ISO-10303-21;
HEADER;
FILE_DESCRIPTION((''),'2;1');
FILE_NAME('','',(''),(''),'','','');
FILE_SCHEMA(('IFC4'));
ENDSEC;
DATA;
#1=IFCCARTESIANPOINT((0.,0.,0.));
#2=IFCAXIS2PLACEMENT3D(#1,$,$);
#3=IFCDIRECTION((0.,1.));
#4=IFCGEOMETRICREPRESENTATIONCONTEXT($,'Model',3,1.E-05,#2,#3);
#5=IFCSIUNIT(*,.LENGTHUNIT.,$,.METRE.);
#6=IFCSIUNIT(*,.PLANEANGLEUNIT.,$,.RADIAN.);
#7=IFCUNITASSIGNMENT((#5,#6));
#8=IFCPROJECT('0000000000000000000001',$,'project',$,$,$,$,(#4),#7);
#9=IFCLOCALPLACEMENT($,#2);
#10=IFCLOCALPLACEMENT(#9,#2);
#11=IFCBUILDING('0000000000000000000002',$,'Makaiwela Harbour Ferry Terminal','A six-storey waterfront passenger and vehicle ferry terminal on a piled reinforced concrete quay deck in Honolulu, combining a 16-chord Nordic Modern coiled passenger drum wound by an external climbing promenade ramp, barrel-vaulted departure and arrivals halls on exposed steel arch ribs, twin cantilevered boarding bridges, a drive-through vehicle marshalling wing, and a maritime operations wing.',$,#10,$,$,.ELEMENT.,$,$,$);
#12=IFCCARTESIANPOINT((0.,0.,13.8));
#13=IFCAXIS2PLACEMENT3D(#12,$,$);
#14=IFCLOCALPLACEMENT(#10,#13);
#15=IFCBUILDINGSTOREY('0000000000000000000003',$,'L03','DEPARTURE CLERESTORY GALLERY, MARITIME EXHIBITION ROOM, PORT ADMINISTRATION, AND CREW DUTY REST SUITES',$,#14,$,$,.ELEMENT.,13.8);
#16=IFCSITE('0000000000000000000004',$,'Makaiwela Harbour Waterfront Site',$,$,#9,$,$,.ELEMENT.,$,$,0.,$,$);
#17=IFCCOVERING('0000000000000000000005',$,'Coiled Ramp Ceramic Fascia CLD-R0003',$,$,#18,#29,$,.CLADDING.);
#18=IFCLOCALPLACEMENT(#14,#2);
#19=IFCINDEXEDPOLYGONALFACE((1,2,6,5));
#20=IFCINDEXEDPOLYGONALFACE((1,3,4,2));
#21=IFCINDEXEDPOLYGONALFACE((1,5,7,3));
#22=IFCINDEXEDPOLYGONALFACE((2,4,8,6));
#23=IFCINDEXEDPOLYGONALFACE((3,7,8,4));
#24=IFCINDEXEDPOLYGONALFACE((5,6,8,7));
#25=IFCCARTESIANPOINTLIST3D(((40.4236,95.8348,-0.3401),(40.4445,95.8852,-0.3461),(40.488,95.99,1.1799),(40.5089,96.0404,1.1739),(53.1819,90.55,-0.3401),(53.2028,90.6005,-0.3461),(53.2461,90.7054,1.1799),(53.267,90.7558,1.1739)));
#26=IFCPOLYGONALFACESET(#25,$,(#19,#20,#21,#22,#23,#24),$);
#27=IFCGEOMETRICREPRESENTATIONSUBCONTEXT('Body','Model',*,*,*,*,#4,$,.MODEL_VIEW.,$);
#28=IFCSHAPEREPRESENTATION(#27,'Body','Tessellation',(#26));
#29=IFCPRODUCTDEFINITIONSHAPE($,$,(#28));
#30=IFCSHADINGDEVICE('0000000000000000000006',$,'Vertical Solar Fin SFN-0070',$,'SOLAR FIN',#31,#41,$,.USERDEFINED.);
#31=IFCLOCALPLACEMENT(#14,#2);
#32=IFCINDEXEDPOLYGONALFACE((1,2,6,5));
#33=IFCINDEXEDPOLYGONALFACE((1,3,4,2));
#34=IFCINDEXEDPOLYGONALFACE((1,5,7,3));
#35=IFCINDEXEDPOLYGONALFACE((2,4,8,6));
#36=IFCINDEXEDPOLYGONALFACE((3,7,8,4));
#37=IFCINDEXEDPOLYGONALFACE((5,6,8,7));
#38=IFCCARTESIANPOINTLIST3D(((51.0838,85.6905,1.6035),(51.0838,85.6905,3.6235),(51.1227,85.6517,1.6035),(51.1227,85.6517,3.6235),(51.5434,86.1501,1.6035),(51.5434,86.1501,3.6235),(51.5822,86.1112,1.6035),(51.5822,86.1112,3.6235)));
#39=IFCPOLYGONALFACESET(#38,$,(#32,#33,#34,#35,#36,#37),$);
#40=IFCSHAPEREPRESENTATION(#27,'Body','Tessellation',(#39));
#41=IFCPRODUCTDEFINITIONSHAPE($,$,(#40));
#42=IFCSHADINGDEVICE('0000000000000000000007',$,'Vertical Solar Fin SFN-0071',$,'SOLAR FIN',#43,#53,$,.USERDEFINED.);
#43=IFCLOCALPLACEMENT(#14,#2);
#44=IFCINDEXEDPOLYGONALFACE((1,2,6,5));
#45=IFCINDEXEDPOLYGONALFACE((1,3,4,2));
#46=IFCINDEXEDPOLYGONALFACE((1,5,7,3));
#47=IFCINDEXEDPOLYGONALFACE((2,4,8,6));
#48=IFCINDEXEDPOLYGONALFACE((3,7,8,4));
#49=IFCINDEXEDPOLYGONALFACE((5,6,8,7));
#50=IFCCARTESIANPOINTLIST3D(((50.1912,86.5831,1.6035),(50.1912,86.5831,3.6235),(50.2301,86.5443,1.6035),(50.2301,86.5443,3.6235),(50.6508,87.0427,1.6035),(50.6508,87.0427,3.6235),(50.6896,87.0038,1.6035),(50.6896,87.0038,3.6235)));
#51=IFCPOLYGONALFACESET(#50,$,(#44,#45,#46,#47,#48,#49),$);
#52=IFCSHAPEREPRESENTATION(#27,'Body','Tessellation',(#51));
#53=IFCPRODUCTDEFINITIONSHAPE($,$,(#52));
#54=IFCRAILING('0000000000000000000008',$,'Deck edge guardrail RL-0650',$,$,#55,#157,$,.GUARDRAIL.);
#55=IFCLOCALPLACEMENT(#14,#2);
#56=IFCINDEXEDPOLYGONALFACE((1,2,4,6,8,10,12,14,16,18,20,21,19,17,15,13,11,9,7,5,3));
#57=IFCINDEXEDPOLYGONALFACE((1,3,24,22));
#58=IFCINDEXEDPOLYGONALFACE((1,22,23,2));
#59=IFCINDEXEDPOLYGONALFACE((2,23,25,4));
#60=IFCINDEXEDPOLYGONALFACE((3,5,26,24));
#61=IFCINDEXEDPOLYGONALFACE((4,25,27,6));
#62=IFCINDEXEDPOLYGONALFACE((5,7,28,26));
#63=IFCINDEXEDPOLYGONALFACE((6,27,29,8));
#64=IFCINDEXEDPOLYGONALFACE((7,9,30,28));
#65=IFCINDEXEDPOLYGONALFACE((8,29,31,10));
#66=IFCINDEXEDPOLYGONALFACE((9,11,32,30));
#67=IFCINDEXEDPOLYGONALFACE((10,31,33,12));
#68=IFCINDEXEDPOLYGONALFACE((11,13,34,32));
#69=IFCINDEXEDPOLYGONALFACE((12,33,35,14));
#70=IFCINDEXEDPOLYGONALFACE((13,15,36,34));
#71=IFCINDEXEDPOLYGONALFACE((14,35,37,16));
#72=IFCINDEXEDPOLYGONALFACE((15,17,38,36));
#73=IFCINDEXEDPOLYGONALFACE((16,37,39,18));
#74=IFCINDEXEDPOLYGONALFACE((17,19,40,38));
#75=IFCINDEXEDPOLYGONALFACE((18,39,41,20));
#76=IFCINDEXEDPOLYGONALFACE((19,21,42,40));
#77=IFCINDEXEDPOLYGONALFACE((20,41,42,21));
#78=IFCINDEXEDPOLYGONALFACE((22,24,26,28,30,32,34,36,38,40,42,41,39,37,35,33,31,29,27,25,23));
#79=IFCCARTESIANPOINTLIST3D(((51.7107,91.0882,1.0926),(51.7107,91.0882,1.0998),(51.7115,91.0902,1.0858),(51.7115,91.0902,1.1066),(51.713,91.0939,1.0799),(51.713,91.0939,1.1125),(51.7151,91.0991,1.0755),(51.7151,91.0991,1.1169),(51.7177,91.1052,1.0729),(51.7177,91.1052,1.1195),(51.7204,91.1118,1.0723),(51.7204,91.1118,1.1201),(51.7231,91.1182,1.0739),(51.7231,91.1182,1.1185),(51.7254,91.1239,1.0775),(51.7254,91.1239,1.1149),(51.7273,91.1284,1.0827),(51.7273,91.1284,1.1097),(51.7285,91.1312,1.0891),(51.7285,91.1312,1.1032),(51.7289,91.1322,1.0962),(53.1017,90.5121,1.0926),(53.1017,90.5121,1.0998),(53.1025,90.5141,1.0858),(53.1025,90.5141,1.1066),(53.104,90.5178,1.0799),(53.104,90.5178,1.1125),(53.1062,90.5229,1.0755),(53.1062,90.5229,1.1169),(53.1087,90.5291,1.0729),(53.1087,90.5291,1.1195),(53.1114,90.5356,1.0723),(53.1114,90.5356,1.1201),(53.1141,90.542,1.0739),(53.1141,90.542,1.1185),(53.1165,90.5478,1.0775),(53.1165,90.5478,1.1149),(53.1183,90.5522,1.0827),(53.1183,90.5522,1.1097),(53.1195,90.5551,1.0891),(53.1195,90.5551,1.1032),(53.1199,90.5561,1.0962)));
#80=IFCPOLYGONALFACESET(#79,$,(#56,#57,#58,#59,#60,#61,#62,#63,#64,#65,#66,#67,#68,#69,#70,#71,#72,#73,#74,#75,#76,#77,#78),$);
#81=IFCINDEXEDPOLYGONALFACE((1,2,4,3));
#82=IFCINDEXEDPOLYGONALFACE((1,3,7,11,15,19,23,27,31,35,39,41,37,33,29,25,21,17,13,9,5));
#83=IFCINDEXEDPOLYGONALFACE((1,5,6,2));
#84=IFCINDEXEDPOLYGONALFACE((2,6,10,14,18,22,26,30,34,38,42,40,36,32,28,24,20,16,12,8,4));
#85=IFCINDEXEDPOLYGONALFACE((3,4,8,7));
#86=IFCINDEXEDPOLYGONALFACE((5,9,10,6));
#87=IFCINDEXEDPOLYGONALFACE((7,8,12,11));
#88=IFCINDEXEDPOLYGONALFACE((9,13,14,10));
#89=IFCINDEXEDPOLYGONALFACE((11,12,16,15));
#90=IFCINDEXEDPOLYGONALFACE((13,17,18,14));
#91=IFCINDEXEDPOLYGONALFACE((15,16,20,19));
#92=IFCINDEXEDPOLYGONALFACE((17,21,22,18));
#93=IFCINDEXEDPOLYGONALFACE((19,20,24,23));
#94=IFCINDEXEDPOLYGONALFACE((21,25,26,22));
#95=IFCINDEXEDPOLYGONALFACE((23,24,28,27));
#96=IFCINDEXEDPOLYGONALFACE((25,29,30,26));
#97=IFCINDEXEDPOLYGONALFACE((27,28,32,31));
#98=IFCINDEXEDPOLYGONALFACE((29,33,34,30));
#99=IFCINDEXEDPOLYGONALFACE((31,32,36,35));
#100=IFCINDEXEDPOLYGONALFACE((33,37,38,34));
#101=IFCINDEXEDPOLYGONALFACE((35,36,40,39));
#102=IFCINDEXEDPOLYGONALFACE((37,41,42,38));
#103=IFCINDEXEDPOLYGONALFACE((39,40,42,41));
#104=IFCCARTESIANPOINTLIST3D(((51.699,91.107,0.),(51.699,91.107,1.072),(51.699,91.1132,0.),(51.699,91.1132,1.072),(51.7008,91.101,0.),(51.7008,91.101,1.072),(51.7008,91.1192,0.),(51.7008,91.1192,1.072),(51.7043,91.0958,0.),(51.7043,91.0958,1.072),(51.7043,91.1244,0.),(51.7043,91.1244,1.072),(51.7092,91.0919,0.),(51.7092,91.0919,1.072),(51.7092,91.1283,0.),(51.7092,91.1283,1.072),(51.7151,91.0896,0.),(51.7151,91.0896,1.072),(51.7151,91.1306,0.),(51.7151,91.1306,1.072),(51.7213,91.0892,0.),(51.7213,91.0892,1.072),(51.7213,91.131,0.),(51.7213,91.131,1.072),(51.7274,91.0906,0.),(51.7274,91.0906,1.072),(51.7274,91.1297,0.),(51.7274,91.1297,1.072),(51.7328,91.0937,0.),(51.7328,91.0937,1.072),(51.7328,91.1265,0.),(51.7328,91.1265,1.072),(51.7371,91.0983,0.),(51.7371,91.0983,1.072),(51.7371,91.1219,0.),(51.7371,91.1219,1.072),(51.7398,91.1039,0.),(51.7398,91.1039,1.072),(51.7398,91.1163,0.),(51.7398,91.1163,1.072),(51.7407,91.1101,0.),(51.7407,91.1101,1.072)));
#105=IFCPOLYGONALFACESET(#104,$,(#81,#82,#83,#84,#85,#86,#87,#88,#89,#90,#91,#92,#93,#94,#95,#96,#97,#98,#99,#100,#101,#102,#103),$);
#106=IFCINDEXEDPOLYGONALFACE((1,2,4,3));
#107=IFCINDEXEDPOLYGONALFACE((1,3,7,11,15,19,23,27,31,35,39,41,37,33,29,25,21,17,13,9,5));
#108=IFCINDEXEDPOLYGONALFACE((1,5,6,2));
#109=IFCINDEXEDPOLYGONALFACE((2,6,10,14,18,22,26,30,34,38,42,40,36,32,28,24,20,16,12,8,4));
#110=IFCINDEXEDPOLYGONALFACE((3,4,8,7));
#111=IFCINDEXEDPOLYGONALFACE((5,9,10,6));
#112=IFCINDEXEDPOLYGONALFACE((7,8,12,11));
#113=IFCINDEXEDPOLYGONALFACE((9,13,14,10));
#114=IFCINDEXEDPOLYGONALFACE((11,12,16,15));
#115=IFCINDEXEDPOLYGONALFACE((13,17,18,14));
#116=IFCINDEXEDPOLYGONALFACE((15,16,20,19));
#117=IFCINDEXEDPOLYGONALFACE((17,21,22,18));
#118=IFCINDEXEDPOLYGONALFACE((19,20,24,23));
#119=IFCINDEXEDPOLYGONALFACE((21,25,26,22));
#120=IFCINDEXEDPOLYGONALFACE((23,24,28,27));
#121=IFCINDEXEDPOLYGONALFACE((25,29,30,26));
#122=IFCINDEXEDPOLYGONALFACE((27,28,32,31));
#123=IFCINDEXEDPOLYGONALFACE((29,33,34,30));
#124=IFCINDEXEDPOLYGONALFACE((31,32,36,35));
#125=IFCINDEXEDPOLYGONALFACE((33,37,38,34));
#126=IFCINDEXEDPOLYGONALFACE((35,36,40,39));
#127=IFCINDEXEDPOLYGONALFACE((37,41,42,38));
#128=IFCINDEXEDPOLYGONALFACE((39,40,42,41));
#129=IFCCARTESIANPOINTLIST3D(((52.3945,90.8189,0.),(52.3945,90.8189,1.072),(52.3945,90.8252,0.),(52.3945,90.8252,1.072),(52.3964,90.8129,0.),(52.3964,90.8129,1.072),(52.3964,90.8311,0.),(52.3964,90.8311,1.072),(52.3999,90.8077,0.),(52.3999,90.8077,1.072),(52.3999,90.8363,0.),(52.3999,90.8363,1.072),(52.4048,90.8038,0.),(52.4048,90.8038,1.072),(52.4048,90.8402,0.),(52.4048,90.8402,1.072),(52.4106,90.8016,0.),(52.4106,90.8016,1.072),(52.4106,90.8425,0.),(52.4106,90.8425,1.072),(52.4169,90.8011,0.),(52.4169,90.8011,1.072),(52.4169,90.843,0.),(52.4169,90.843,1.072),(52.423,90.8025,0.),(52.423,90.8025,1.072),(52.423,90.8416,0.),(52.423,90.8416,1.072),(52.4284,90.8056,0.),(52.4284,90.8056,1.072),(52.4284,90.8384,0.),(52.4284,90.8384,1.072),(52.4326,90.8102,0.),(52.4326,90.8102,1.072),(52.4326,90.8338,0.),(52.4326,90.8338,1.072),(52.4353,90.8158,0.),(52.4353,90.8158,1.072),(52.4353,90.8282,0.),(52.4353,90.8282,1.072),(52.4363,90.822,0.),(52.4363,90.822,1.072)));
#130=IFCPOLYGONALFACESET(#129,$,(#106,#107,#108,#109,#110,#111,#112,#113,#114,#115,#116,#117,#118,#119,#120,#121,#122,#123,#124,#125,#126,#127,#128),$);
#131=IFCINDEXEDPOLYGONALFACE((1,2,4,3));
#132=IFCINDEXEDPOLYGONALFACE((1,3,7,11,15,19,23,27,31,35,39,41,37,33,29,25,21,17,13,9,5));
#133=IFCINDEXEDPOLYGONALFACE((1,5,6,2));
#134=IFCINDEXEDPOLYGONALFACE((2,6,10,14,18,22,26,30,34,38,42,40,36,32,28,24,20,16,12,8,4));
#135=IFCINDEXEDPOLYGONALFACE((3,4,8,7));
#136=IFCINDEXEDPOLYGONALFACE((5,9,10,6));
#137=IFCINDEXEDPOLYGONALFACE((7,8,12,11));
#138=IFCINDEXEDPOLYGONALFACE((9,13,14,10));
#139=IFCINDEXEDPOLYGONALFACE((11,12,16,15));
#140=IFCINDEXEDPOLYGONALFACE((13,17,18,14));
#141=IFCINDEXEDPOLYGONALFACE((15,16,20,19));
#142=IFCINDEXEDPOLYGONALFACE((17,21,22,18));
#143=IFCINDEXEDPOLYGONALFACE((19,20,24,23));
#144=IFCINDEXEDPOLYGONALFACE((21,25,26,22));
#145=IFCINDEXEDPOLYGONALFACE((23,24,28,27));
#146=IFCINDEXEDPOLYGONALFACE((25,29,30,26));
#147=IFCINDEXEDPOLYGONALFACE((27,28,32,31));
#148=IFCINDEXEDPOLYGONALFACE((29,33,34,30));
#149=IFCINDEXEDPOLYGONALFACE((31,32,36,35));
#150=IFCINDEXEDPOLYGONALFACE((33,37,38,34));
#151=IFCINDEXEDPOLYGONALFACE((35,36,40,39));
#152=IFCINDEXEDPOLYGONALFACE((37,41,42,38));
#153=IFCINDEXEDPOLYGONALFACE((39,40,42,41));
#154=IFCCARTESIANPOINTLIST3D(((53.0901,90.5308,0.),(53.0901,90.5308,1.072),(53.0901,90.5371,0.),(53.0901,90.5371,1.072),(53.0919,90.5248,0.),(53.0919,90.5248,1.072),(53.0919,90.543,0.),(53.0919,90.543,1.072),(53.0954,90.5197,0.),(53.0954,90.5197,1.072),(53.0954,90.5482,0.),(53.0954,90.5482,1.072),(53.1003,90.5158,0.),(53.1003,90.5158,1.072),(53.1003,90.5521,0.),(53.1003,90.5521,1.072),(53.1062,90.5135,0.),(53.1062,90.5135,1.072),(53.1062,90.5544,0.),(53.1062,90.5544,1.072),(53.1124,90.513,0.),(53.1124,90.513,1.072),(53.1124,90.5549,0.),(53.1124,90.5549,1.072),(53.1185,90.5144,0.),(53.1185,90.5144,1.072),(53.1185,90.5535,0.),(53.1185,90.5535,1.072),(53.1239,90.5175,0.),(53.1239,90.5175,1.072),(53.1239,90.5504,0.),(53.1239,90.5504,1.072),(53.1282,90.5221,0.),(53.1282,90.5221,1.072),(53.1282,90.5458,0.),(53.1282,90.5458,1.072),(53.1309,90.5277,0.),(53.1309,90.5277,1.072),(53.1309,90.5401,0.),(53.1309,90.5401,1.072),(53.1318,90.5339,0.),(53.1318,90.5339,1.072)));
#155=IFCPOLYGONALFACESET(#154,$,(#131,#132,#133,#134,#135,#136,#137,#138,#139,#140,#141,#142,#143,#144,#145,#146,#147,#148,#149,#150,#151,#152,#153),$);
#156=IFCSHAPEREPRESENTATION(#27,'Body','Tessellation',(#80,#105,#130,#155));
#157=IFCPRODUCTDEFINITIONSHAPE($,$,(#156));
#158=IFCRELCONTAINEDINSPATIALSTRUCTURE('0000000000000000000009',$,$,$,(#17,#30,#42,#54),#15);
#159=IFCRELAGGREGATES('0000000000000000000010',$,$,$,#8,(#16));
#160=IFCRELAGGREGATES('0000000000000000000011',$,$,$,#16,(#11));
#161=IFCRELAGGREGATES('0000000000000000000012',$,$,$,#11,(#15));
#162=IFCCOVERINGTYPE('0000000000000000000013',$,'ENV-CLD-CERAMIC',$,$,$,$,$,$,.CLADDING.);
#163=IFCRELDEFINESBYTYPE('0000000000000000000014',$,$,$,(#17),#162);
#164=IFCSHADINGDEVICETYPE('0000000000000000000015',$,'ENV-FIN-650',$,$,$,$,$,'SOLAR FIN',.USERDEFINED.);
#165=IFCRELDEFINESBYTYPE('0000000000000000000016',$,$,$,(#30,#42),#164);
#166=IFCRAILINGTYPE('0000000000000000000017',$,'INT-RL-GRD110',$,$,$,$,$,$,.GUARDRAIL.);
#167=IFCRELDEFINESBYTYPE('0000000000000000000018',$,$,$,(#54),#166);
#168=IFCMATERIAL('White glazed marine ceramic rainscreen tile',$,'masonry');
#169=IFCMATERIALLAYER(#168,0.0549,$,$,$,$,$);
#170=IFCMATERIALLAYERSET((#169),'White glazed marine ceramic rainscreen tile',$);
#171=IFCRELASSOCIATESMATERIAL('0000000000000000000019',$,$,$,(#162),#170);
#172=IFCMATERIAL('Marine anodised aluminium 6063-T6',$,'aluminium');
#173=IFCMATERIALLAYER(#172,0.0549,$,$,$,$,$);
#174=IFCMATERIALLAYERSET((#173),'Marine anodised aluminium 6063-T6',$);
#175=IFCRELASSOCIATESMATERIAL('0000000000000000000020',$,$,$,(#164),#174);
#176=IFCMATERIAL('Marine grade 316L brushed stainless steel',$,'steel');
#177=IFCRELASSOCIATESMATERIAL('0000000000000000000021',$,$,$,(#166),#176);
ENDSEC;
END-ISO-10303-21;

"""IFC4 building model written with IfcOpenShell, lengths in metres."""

from ifc_helpers import new_model, si_unit, direction, frame, origin, origin_2d, place, context, subcontext, project, spatial, polyline, rectangle, circle, outline, extrude, material, layer, layer_set, type_object, element, save


model = new_model("IFC4")

# Units and contexts
model_context = context("Model", 3, precision=1e-05, world=origin(), true_north=direction((0.0, 1.0)))
body_context = subcontext(model_context, "Body", "Model", "MODEL_VIEW")
ifc_project = project(units=[si_unit("LENGTHUNIT", "METRE"), si_unit("PLANEANGLEUNIT", "RADIAN")], contexts=[model_context])

# Site, building, storey
site_placement = place(None, origin())
site = spatial("IfcSite", under=ifc_project, at=site_placement, Name="Makaiwela Harbour Waterfront Site", CompositionType="ELEMENT", RefElevation=0.0)
building_placement = place(site_placement, origin())
building = spatial("IfcBuilding", under=site, at=building_placement, Name="Makaiwela Harbour Ferry Terminal", Description="A six-storey waterfront passenger and vehicle ferry terminal on a piled reinforced concrete quay deck in Honolulu, combining a 16-chord Nordic Modern coiled passenger drum wound by an external climbing promenade ramp, barrel-vaulted departure and arrivals halls on exposed steel arch ribs, twin cantilevered boarding bridges, a drive-through vehicle marshalling wing, and a maritime operations wing.", CompositionType="ELEMENT")
storey_placement = place(building_placement, frame((0.0, 0.0, 13.8)))
storey = spatial("IfcBuildingStorey", under=building, at=storey_placement, Name="L03", Description="DEPARTURE CLERESTORY GALLERY, MARITIME EXHIBITION ROOM, PORT ADMINISTRATION, AND CREW DUTY REST SUITES", CompositionType="ELEMENT", Elevation=13.8)

# Shared definitions
ifc_material_1 = material(Name="Marine anodised aluminium 6063-T6", Category="aluminium")

# Covering
ifc_material_2 = material(Name="White glazed marine ceramic rainscreen tile", Category="masonry")
ifc_layer_1 = layer(ifc_material_2, 0.0549)
ifc_layer_set_1 = layer_set([ifc_layer_1], Name="White glazed marine ceramic rainscreen tile")
covering_type = type_object("IfcCoveringType", Name="ENV-CLD-CERAMIC", PredefinedType="CLADDING", material=ifc_layer_set_1)
covering_1_placement = place(storey_placement, frame((53.1819, 90.55, -0.3401), z_axis=(-0.380369, -0.918282, 0.109903), x_axis=(-0.923878, 0.382687, 0.0)))
element("IfcCovering", 1, at=covering_1_placement, inside=storey, type_object=covering_type, Name="Coiled Ramp Ceramic Fascia CLD-R0003", PredefinedType="CLADDING", context=body_context, shape_type="SweptSolid", body=[
    extrude(outline(polyline([(0.0, 0.0), (13.8095, 0.0), (13.8094, -1.5293), (0.0001, -1.5293), (0.0, 0.0)])), origin(), (0.0, 0.0, -1.0), 0.0549),
])

# Shading devices
ifc_layer_2 = layer(ifc_material_1, 0.0549)
ifc_layer_set_2 = layer_set([ifc_layer_2], Name="Marine anodised aluminium 6063-T6")
shading_device_type = type_object("IfcShadingDeviceType", Name="ENV-FIN-650", ElementType="SOLAR FIN", PredefinedType="USERDEFINED", material=ifc_layer_set_2)
for number, where, z_axis, x_axis, name in (
    (2, (51.333, 85.9009, 1.6035), (0.0, 0.0, 1.0), (0.707107, 0.707107, 0.0), "Vertical Solar Fin SFN-0070"),
    (3, (50.4404, 86.7935, 1.6035), (0.0, 0.0, 1.0), (0.707107, 0.707107, 0.0), "Vertical Solar Fin SFN-0071"),
):
    element("IfcShadingDevice", number, at=place(storey_placement, frame(where, z_axis=z_axis, x_axis=x_axis)), inside=storey, type_object=shading_device_type, Name=name, ObjectType="SOLAR FIN", PredefinedType="USERDEFINED", context=body_context, shape_type="SweptSolid", body=[
        extrude(rectangle(XDim=0.6499, YDim=0.0549, at=origin_2d()), origin(), (0.0, 0.0, 1.0), 2.02),
    ])

# Railing
ifc_material_3 = material(Name="Marine grade 316L brushed stainless steel", Category="steel")
railing_type = type_object("IfcRailingType", Name="INT-RL-GRD110", PredefinedType="GUARDRAIL", material=ifc_material_3)
railing_1_placement = place(storey_placement, frame((51.7197, 91.1101, 0.0)))
element("IfcRailing", 4, at=railing_1_placement, inside=storey, type_object=railing_type, Name="Deck edge guardrail RL-0650", PredefinedType="GUARDRAIL", context=body_context, shape_type="SweptSolid", body=[
    extrude(circle(Radius=0.0239, at=origin_2d()), frame((0.0, 0.0, 1.0962), z_axis=(0.92389, -0.382657, 0.0), x_axis=(0.382657, 0.92389, 0.0)), (0.0, 0.0, 1.0), 1.5056),
    extrude(circle(Radius=0.021, at=origin_2d()), origin(), (0.0, 0.0, 1.0), 1.072),
    extrude(circle(Radius=0.021, at=origin_2d()), frame((0.6956, -0.2881, 0.0)), (0.0, 0.0, 1.0), 1.072),
    extrude(circle(Radius=0.021, at=origin_2d()), frame((1.3911, -0.5762, 0.0)), (0.0, 0.0, 1.0), 1.072),
])

save(model, "model.ifc")
